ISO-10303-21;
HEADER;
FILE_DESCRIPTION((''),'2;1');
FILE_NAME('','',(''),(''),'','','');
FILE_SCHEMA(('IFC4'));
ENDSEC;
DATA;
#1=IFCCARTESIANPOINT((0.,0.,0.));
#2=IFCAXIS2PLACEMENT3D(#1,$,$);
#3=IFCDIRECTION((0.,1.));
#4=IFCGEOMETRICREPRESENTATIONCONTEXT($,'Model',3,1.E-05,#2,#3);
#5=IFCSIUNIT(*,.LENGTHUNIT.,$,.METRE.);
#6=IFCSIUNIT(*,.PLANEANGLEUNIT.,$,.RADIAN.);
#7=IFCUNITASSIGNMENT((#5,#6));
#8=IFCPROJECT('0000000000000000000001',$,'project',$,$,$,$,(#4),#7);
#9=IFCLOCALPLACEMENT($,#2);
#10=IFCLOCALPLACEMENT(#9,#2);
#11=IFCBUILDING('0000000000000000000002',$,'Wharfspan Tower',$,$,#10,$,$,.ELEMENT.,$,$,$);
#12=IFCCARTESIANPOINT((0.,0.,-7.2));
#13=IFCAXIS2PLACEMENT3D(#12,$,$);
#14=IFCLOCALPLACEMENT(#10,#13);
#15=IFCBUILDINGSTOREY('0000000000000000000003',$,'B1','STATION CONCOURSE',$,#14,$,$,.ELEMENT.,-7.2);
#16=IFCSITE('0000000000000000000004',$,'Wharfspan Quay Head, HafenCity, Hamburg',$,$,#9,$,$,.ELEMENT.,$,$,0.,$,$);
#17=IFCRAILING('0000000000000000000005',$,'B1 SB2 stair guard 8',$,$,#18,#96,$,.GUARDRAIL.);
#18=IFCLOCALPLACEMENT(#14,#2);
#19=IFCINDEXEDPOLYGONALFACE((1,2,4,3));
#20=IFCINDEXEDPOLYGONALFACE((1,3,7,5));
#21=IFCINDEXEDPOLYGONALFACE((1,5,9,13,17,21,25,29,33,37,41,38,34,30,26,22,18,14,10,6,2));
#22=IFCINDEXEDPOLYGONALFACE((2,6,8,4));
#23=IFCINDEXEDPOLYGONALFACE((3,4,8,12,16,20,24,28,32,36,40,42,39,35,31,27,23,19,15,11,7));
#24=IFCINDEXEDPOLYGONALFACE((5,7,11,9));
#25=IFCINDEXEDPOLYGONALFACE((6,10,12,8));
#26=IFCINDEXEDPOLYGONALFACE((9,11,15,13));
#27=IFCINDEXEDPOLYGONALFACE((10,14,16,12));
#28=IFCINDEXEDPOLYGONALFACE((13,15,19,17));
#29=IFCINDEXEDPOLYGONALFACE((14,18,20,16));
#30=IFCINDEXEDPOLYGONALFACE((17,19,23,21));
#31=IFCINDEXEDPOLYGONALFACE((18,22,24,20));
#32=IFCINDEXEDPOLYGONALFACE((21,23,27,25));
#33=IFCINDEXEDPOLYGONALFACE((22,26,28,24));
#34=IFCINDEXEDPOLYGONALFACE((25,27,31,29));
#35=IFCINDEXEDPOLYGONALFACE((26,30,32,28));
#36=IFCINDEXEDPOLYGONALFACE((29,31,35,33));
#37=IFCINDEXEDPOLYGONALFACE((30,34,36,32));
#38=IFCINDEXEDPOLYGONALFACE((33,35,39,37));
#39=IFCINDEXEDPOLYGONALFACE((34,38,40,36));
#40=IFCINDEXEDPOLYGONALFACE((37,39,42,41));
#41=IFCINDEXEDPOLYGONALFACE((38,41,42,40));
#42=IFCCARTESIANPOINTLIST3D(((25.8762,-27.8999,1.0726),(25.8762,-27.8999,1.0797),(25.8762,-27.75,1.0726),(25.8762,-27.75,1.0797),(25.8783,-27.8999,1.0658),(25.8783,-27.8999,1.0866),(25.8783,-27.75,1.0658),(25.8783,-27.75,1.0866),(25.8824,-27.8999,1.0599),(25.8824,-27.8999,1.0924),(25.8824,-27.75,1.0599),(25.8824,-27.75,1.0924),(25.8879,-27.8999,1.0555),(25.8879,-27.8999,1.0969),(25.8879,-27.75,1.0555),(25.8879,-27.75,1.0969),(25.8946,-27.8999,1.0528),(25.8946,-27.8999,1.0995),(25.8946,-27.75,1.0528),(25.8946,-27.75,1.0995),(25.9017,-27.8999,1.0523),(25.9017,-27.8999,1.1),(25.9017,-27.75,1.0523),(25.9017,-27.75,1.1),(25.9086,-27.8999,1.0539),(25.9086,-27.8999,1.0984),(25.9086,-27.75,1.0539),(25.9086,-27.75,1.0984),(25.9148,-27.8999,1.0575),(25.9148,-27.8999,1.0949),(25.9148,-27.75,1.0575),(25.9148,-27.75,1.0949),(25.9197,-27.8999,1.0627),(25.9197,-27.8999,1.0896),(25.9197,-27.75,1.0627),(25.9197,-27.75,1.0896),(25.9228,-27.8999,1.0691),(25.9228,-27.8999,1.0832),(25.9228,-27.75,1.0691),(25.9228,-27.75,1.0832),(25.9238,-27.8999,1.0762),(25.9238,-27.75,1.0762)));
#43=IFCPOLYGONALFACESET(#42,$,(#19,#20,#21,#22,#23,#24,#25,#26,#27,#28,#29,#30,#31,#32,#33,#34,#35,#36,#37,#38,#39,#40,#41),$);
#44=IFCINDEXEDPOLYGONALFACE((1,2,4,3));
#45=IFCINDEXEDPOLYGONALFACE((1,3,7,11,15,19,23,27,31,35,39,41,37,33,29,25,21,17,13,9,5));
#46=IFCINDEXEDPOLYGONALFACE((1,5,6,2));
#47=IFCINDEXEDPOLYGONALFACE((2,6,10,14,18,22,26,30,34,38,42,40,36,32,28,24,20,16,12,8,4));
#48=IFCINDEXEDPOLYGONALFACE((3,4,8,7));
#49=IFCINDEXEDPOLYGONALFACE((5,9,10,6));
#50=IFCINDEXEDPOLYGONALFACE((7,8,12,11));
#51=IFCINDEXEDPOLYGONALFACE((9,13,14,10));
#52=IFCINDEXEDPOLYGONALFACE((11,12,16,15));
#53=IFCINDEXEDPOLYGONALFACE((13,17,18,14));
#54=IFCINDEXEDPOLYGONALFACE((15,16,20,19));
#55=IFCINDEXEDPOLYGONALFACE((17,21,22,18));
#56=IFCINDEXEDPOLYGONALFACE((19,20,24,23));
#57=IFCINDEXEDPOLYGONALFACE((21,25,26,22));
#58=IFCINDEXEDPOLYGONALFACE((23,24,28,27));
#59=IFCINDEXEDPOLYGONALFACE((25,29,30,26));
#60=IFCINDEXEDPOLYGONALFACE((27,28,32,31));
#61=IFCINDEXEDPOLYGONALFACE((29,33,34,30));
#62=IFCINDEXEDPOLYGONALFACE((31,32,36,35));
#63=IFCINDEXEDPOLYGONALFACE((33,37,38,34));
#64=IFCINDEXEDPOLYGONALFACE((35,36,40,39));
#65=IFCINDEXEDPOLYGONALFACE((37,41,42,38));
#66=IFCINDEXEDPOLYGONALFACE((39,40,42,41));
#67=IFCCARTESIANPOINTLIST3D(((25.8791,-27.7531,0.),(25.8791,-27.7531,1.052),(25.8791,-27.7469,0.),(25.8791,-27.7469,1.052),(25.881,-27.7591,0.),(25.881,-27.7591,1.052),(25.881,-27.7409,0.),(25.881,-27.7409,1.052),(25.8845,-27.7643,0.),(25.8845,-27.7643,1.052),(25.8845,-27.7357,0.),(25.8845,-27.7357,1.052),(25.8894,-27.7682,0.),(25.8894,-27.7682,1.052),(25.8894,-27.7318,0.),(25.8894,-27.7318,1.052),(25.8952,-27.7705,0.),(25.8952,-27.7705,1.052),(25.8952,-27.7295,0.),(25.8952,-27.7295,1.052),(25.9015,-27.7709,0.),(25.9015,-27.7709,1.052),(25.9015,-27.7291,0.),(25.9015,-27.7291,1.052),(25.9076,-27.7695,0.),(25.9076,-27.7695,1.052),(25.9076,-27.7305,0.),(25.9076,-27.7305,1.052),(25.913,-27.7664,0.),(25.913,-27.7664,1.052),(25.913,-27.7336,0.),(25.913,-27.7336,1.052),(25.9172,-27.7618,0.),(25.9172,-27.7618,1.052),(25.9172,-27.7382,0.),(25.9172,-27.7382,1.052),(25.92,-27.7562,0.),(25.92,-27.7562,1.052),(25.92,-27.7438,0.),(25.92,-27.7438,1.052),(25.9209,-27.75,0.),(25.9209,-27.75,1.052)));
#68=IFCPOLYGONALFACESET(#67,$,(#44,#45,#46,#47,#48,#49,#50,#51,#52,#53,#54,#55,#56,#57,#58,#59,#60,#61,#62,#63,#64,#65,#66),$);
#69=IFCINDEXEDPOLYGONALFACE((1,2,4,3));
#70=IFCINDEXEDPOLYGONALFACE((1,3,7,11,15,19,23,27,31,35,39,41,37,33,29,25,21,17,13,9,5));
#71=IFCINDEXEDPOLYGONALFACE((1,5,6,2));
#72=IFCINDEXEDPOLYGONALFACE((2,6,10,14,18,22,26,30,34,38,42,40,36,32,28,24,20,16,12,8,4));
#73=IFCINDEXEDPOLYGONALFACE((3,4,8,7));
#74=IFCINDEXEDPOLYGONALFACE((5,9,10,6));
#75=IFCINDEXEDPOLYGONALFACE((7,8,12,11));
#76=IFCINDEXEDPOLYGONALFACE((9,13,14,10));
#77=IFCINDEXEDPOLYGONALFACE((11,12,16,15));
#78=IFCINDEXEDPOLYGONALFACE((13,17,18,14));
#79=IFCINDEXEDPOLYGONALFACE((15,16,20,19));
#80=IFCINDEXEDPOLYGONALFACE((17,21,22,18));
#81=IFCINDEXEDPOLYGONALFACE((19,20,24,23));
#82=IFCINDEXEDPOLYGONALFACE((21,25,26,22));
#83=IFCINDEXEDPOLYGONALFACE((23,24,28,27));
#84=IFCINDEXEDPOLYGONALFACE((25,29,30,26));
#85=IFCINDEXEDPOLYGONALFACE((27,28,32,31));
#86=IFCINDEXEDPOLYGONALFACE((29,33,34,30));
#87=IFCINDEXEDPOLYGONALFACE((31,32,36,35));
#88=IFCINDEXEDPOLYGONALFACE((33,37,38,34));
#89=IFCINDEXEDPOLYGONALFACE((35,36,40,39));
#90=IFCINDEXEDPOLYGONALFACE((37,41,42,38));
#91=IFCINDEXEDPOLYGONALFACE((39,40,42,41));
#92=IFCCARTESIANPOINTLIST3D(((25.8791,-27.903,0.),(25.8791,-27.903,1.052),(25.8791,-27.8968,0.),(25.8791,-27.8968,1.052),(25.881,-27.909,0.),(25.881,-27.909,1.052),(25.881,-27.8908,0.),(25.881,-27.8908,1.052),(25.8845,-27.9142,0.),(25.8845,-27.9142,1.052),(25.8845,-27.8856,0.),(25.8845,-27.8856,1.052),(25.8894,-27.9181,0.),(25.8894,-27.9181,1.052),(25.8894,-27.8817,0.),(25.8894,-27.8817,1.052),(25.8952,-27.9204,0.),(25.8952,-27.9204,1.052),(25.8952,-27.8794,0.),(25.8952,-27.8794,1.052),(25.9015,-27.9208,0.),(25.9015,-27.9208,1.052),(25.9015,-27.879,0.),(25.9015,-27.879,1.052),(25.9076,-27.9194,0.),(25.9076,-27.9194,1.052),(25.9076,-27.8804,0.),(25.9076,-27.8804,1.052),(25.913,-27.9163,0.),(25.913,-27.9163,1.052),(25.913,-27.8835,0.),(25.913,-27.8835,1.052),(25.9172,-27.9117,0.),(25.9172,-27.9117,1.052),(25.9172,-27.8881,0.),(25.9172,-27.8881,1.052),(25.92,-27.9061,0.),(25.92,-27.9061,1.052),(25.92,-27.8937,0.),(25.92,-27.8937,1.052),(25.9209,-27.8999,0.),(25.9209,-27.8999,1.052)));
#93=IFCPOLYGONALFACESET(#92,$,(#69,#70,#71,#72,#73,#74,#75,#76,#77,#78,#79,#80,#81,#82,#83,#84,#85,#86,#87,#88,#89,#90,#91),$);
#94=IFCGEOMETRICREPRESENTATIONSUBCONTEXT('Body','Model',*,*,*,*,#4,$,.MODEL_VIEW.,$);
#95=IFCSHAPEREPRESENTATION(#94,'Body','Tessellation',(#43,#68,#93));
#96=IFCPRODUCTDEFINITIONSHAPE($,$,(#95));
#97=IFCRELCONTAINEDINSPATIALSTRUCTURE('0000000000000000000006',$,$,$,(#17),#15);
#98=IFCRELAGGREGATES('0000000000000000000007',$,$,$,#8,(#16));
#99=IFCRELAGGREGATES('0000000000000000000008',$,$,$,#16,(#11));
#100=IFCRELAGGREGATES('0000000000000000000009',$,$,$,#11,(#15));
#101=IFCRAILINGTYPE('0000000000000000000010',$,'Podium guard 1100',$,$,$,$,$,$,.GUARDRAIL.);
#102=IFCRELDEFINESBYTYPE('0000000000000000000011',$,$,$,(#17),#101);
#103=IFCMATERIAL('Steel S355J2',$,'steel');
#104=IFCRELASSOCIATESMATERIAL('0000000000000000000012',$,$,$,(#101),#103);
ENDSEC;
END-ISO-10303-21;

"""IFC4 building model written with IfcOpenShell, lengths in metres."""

from ifc_helpers import new_model, si_unit, direction, frame, origin, origin_2d, place, context, subcontext, project, spatial, circle, extrude, material, type_object, element, save


model = new_model("IFC4")

# Units and contexts
model_context = context("Model", 3, precision=1e-05, world=origin(), true_north=direction((0.0, 1.0)))
body_context = subcontext(model_context, "Body", "Model", "MODEL_VIEW")
ifc_project = project(units=[si_unit("LENGTHUNIT", "METRE"), si_unit("PLANEANGLEUNIT", "RADIAN")], contexts=[model_context])

# Site, building, storey
site_placement = place(None, origin())
site = spatial("IfcSite", under=ifc_project, at=site_placement, Name="Wharfspan Quay Head, HafenCity, Hamburg", CompositionType="ELEMENT", RefElevation=0.0)
building_placement = place(site_placement, origin())
building = spatial("IfcBuilding", under=site, at=building_placement, Name="Wharfspan Tower", CompositionType="ELEMENT")
storey_placement = place(building_placement, frame((0.0, 0.0, -7.2)))
storey = spatial("IfcBuildingStorey", under=building, at=storey_placement, Name="B1", Description="STATION CONCOURSE", CompositionType="ELEMENT", Elevation=-7.2)

# Railing
ifc_material_1 = material(Name="Steel S355J2", Category="steel")
railing_type_1 = type_object("IfcRailingType", Name="Podium guard 1100", PredefinedType="GUARDRAIL", material=ifc_material_1)
railing_1_placement = place(storey_placement, frame((25.8999, -27.75, 0.0)))
element("IfcRailing", 1, at=railing_1_placement, inside=storey, type_object=railing_type_1, Name="B1 SB2 stair guard 8", PredefinedType="GUARDRAIL", context=body_context, shape_type="SweptSolid", body=[
    extrude(circle(Radius=0.0239, at=origin_2d()), frame((0.0, 0.0, 1.0762), z_axis=(0.0, -1.0, 0.0), x_axis=(1.0, 0.0, 0.0)), (0.0, 0.0, 1.0), 0.1499),
    extrude(circle(Radius=0.021, at=origin_2d()), origin(), (0.0, 0.0, 1.0), 1.052),
    extrude(circle(Radius=0.021, at=origin_2d()), frame((0.0, -0.1499, 0.0)), (0.0, 0.0, 1.0), 1.052),
])

save(model, "model.ifc")
